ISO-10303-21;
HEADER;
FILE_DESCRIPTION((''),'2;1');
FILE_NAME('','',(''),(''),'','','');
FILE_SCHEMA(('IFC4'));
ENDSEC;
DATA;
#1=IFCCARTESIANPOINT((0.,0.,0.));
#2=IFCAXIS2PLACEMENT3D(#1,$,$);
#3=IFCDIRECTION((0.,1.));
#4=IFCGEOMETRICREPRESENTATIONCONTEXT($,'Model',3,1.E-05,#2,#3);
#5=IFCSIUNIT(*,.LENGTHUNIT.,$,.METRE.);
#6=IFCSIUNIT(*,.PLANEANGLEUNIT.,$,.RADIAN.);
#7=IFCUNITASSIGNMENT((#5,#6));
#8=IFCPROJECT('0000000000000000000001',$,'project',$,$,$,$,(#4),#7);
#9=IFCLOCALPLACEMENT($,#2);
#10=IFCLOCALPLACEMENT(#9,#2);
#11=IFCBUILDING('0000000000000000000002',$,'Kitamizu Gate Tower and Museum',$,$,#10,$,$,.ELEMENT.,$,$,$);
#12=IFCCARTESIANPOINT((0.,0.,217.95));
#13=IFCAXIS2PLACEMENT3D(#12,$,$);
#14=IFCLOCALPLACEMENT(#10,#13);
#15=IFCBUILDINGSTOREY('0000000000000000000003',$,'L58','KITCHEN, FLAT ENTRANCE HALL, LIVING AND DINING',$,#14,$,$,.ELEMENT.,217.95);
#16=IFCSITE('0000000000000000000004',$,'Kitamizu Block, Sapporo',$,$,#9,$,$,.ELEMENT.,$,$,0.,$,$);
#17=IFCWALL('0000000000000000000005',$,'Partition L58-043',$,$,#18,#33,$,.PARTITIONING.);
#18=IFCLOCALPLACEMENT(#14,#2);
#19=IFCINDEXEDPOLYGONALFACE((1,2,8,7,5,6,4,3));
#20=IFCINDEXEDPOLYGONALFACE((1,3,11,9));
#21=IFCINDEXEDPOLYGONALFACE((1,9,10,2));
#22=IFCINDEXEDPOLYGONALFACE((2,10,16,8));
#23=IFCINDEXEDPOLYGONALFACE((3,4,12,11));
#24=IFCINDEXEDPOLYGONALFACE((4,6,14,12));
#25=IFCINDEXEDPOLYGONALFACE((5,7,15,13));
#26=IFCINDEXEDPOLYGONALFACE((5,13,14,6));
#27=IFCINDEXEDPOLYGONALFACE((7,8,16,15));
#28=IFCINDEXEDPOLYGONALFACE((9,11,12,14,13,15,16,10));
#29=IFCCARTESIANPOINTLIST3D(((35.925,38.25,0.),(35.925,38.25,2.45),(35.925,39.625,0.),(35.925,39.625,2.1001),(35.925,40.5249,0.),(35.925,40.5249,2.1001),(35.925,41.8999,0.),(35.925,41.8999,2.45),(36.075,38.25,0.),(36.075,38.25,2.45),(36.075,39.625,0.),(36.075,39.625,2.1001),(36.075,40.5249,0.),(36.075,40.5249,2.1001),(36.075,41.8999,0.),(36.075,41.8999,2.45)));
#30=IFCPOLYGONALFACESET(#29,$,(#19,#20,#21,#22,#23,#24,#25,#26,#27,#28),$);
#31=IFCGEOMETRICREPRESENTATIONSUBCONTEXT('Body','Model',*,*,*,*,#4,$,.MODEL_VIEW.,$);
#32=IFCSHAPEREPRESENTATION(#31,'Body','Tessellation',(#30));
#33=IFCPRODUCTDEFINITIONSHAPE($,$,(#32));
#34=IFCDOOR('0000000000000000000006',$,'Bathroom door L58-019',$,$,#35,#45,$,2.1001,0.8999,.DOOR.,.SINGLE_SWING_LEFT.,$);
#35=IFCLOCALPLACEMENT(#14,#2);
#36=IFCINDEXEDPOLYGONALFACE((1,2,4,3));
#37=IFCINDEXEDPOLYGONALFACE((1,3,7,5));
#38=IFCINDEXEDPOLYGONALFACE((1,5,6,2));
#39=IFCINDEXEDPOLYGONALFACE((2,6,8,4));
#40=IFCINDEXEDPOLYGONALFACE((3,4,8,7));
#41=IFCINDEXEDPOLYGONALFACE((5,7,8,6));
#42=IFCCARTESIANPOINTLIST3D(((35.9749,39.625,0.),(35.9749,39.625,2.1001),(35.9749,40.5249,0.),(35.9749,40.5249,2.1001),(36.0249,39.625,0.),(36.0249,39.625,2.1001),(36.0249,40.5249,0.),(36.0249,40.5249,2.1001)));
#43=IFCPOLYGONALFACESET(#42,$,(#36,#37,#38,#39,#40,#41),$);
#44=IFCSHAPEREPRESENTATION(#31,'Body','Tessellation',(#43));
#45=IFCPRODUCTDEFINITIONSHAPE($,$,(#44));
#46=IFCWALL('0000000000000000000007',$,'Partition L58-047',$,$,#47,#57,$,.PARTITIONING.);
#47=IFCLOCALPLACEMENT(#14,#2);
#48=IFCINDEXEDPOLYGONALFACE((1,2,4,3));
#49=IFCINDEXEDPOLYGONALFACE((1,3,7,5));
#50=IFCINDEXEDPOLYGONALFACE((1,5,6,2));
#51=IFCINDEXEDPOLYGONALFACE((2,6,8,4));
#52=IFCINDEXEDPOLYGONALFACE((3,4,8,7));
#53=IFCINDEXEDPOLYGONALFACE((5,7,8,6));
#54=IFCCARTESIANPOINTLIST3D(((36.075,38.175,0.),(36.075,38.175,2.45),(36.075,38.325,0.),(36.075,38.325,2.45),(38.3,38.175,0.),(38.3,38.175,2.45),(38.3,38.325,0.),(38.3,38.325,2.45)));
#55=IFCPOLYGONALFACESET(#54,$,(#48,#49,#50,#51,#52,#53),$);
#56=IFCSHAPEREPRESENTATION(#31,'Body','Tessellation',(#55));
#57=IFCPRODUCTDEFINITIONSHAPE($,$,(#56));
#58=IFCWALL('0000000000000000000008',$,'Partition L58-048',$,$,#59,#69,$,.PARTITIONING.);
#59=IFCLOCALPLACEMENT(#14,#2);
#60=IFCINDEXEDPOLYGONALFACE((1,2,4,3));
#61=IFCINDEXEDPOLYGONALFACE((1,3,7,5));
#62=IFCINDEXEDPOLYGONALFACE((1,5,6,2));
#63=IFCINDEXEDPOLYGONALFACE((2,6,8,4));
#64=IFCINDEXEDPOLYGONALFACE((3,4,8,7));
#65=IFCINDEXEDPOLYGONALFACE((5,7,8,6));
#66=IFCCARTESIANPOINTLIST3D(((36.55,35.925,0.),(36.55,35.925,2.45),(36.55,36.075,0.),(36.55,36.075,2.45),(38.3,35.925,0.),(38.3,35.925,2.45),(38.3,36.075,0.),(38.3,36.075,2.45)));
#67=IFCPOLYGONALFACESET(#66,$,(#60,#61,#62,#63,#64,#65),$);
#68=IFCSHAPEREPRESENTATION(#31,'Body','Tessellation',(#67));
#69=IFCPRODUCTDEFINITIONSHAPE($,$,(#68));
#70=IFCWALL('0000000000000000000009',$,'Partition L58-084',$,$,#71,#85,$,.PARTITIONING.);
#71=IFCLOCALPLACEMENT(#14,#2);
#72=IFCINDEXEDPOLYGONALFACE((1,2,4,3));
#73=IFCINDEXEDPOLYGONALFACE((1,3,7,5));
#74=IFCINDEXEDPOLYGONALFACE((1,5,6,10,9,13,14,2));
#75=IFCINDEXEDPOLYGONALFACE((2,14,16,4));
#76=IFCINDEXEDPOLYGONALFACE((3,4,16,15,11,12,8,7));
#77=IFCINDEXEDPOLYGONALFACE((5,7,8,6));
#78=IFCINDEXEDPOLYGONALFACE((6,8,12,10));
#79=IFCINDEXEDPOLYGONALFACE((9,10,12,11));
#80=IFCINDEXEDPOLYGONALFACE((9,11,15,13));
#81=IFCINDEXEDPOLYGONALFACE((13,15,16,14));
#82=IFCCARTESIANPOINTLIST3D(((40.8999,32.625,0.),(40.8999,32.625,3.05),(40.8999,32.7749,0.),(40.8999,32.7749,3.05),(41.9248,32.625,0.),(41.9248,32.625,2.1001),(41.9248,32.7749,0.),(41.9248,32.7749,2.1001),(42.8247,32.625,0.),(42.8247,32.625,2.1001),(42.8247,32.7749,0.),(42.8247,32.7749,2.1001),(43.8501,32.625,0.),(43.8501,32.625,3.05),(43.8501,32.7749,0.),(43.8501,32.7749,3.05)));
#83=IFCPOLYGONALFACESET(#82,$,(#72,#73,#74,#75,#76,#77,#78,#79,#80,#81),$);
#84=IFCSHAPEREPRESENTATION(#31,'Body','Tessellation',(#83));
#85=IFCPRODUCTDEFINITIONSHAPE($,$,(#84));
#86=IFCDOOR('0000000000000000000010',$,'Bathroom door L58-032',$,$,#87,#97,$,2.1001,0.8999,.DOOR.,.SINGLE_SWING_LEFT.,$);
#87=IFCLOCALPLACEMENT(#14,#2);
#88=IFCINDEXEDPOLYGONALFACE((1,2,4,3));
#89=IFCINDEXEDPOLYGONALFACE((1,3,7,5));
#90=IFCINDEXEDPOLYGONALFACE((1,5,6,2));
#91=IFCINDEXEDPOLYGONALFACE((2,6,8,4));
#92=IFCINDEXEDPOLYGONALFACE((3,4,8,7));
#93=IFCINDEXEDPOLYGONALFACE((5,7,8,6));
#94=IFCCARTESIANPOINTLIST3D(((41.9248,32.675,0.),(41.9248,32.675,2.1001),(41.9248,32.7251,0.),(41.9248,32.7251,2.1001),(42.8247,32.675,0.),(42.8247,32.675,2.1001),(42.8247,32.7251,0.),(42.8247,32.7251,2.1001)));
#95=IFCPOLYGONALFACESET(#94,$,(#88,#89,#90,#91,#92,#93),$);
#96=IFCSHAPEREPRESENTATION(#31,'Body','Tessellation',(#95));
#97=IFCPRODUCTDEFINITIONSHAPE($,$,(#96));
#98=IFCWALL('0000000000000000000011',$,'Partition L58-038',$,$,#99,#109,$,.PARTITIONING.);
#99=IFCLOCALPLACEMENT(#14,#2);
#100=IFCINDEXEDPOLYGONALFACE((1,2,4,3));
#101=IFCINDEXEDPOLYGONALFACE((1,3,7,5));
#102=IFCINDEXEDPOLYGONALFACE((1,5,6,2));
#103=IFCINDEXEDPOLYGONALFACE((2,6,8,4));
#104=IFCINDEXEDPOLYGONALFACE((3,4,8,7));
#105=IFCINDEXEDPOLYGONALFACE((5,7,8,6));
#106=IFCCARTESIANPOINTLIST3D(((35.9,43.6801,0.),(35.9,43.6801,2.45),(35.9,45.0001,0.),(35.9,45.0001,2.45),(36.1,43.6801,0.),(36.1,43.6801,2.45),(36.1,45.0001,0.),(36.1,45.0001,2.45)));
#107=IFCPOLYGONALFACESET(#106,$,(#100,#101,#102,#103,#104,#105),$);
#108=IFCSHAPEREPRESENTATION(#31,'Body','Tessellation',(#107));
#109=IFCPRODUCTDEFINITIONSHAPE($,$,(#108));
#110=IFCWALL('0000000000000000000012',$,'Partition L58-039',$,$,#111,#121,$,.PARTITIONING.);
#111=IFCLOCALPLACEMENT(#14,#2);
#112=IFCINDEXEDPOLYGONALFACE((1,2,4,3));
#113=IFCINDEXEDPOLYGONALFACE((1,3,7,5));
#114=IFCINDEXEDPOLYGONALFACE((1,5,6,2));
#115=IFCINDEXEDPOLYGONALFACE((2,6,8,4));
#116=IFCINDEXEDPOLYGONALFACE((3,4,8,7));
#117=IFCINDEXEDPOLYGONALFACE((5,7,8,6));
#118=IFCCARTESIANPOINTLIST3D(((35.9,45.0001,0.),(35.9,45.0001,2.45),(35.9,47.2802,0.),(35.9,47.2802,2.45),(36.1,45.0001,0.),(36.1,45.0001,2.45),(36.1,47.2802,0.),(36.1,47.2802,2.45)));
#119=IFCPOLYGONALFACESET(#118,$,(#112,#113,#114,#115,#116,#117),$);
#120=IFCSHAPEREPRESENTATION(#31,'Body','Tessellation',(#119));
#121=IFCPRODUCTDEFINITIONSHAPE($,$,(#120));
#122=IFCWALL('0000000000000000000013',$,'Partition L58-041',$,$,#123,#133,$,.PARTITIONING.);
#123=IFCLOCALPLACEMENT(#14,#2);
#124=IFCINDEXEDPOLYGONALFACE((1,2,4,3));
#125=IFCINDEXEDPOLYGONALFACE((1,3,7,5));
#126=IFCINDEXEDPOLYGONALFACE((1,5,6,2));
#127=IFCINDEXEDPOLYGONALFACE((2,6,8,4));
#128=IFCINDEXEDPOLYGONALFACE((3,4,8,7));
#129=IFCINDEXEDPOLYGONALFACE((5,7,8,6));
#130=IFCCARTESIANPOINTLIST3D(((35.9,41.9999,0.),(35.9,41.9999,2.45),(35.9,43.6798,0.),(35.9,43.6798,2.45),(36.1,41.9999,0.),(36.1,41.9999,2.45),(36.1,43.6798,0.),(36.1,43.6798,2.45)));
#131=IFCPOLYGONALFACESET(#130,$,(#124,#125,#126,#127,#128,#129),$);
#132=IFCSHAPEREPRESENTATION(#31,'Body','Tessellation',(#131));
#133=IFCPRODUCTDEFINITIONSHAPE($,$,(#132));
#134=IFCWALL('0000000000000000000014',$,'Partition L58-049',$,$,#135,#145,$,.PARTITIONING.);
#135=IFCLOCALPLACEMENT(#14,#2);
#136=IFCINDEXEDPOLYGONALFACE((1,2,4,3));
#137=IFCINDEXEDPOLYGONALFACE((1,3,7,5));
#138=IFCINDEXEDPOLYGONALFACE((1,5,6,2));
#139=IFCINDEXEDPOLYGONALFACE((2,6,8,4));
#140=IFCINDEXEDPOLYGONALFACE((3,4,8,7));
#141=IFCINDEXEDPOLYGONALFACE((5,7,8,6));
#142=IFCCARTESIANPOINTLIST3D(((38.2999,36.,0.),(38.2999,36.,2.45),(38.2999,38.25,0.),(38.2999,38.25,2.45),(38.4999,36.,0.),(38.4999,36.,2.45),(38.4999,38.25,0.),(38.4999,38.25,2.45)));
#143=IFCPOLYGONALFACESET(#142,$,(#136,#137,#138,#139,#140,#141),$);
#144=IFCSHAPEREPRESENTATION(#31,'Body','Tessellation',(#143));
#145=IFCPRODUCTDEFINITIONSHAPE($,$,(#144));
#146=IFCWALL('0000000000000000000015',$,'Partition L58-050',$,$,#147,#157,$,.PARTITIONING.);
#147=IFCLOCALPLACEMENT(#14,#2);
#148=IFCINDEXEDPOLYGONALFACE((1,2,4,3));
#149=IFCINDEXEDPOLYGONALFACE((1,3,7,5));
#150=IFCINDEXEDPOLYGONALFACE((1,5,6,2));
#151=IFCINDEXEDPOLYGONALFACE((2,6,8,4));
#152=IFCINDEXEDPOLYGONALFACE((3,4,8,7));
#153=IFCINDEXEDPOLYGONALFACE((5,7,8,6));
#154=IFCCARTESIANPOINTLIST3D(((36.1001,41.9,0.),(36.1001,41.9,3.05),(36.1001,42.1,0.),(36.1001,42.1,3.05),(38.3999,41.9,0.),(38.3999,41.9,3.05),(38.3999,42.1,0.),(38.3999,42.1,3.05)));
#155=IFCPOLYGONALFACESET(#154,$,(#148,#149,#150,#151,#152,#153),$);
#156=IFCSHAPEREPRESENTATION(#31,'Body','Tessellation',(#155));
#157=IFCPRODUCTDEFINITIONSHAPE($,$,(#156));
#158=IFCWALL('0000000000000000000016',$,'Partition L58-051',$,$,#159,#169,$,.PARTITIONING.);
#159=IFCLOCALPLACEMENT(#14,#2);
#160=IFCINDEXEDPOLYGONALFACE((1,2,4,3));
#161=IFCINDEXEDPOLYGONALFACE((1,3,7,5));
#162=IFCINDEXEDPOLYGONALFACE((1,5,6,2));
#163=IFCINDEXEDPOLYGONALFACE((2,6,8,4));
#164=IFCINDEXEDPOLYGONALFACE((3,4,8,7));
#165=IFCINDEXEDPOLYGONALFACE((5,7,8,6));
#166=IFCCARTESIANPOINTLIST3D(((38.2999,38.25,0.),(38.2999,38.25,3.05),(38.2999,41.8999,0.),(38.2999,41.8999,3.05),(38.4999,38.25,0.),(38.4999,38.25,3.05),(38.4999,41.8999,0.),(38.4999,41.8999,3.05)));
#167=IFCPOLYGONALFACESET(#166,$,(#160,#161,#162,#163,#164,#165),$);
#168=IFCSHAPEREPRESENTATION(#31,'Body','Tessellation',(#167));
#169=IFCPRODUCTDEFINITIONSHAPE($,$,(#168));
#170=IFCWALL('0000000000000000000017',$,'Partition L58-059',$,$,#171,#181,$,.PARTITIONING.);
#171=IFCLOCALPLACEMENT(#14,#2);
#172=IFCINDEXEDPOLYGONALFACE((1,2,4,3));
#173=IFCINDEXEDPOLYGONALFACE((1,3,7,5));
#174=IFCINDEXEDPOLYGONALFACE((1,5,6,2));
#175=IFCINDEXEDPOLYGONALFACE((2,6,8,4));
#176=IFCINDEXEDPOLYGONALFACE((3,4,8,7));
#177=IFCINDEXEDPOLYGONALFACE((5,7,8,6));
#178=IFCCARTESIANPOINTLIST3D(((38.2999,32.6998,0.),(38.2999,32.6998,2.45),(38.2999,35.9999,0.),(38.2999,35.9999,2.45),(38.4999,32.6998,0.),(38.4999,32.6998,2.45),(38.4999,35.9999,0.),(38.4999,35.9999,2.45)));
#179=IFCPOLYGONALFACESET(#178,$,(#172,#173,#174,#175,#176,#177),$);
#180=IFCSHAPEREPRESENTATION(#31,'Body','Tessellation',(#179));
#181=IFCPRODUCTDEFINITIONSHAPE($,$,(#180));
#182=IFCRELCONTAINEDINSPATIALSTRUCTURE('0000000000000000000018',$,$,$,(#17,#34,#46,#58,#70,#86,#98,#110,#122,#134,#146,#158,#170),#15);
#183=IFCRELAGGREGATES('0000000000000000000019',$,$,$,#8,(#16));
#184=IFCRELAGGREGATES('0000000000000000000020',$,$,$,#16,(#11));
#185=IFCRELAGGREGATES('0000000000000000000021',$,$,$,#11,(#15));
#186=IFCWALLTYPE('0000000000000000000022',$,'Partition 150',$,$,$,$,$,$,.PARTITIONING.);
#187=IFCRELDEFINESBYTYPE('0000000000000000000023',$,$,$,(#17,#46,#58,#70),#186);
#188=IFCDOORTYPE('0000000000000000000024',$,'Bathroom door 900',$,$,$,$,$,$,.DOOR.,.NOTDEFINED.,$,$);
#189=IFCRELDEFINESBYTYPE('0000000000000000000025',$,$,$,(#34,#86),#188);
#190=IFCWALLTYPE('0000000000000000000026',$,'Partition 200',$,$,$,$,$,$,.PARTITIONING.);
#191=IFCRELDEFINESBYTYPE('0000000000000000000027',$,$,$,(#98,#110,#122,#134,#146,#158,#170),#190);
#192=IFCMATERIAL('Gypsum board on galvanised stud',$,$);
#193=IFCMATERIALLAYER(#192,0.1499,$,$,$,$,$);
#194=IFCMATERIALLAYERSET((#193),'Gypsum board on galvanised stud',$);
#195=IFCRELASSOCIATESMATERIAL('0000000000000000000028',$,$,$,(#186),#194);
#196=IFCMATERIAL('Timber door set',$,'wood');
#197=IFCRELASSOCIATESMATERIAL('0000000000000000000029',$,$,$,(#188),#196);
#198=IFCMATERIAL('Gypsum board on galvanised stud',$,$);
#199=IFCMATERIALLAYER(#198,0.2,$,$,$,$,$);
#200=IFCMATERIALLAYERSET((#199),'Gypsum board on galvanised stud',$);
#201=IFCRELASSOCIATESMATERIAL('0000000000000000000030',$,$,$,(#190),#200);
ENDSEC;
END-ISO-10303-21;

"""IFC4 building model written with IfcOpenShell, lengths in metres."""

from ifc_helpers import new_model, si_unit, direction, frame, frame_2d, origin, place, context, subcontext, project, spatial, rectangle, extrude, material, layer, layer_set, type_object, element, fill, save


model = new_model("IFC4")

# Units and contexts
model_context = context("Model", 3, precision=1e-05, world=origin(), true_north=direction((0.0, 1.0)))
body_context = subcontext(model_context, "Body", "Model", "MODEL_VIEW")
ifc_project = project(units=[si_unit("LENGTHUNIT", "METRE"), si_unit("PLANEANGLEUNIT", "RADIAN")], contexts=[model_context])

# Site, building, storey
site_placement = place(None, origin())
site = spatial("IfcSite", under=ifc_project, at=site_placement, Name="Kitamizu Block, Sapporo", CompositionType="ELEMENT", RefElevation=0.0)
building_placement = place(site_placement, origin())
building = spatial("IfcBuilding", under=site, at=building_placement, Name="Kitamizu Gate Tower and Museum", CompositionType="ELEMENT")
storey_placement = place(building_placement, frame((0.0, 0.0, 217.95)))
storey = spatial("IfcBuildingStorey", under=building, at=storey_placement, Name="L58", Description="KITCHEN, FLAT ENTRANCE HALL, LIVING AND DINING", CompositionType="ELEMENT", Elevation=217.95)

# Wall, opening, door
ifc_material_1 = material(Name="Gypsum board on galvanised stud")
ifc_layer_1 = layer(ifc_material_1, 0.1499)
ifc_layer_set_1 = layer_set([ifc_layer_1], Name="Gypsum board on galvanised stud")
wall_type_1 = type_object("IfcWallType", Name="Partition 150", PredefinedType="PARTITIONING", material=ifc_layer_set_1)
ifc_material_2 = material(Name="Timber door set", Category="wood")
door_type_1 = type_object("IfcDoorType", Name="Bathroom door 900", OperationType="NOTDEFINED", PredefinedType="DOOR", material=ifc_material_2)
wall_1_placement = place(storey_placement, frame((36.0, 38.25, 0.0), z_axis=(0.0, 0.0, 1.0), x_axis=(0.0, 1.0, 0.0)))
wall_1 = element("IfcWall", 1, at=wall_1_placement, inside=storey, type_object=wall_type_1, Name="Partition L58-043", PredefinedType="PARTITIONING", context=body_context, shape_type="SweptSolid", body=[
    extrude(rectangle(XDim=3.6499, YDim=0.1499, at=frame_2d((1.825, 0.0))), origin(), (0.0, 0.0, 1.0), 2.45),
])
opening_1_placement = place(wall_1_placement, frame((1.375, 0.0, 0.0)))
opening_1 = element("IfcOpeningElement", 2, at=opening_1_placement, cuts=wall_1, PredefinedType="OPENING", context=body_context, shape_type="SweptSolid", body=[
    extrude(rectangle(XDim=0.8999, YDim=2.1001, at=frame_2d((0.45, 1.05))), frame((0.0, 0.085, 0.0), z_axis=(0.0, -1.0, 0.0), x_axis=(1.0, 0.0, 0.0)), (0.0, 0.0, 1.0), 0.1699),
])
door_1_placement = place(opening_1_placement, frame((0.8999, 0.0, 0.0), x_axis=(-1.0, 0.0, 0.0)))
door_1 = element("IfcDoor", 3, at=door_1_placement, inside=storey, type_object=door_type_1, Name="Bathroom door L58-019", OperationType="SINGLE_SWING_LEFT", OverallHeight=2.1001, OverallWidth=0.8999, PredefinedType="DOOR", context=body_context, shape_type="SweptSolid", body=[
    extrude(rectangle(XDim=0.8999, YDim=2.1001, at=frame_2d((0.45, 1.05))), frame((0.0, 0.0249, 0.0), z_axis=(0.0, -1.0, 0.0), x_axis=(1.0, 0.0, 0.0)), (0.0, 0.0, 1.0), 0.05),
])
fill(opening_1, door_1)

# Walls
wall_2_placement = place(storey_placement, frame((38.3, 38.25, 0.0), z_axis=(0.0, 0.0, 1.0), x_axis=(-1.0, 0.0, 0.0)))
element("IfcWall", 4, at=wall_2_placement, inside=storey, type_object=wall_type_1, Name="Partition L58-047", PredefinedType="PARTITIONING", context=body_context, shape_type="SweptSolid", body=[
    extrude(rectangle(XDim=2.2251, YDim=0.1499, at=frame_2d((1.1125, 0.0))), origin(), (0.0, 0.0, 1.0), 2.45),
])
wall_3_placement = place(storey_placement, frame((36.55, 36.0, 0.0), z_axis=(0.0, 0.0, 1.0), x_axis=(1.0, 0.0, 0.0)))
element("IfcWall", 5, at=wall_3_placement, inside=storey, type_object=wall_type_1, Name="Partition L58-048", PredefinedType="PARTITIONING", context=body_context, shape_type="SweptSolid", body=[
    extrude(rectangle(XDim=1.75, YDim=0.1499, at=frame_2d((0.875, 0.0))), origin(), (0.0, 0.0, 1.0), 2.45),
])

# Wall, opening, door
wall_4_placement = place(storey_placement, frame((40.8999, 32.7, 0.0), z_axis=(0.0, 0.0, 1.0), x_axis=(1.0, 0.0, 0.0)))
wall_4 = element("IfcWall", 6, at=wall_4_placement, inside=storey, type_object=wall_type_1, Name="Partition L58-084", PredefinedType="PARTITIONING", context=body_context, shape_type="SweptSolid", body=[
    extrude(rectangle(XDim=2.9502, YDim=0.1499, at=frame_2d((1.4751, 0.0))), origin(), (0.0, 0.0, 1.0), 3.05),
])
opening_2_placement = place(wall_4_placement, frame((1.0249, 0.0, 0.0)))
opening_2 = element("IfcOpeningElement", 7, at=opening_2_placement, cuts=wall_4, PredefinedType="OPENING", context=body_context, shape_type="SweptSolid", body=[
    extrude(rectangle(XDim=0.8999, YDim=2.1001, at=frame_2d((0.45, 1.05))), frame((0.0, 0.085, 0.0), z_axis=(0.0, -1.0, 0.0), x_axis=(1.0, 0.0, 0.0)), (0.0, 0.0, 1.0), 0.1699),
])
door_2_placement = place(opening_2_placement, frame((0.8999, 0.0, 0.0), x_axis=(-1.0, 0.0, 0.0)))
door_2 = element("IfcDoor", 8, at=door_2_placement, inside=storey, type_object=door_type_1, Name="Bathroom door L58-032", OperationType="SINGLE_SWING_LEFT", OverallHeight=2.1001, OverallWidth=0.8999, PredefinedType="DOOR", context=body_context, shape_type="SweptSolid", body=[
    extrude(rectangle(XDim=0.8999, YDim=2.1001, at=frame_2d((0.45, 1.05))), frame((0.0, 0.0249, 0.0), z_axis=(0.0, -1.0, 0.0), x_axis=(1.0, 0.0, 0.0)), (0.0, 0.0, 1.0), 0.05),
])
fill(opening_2, door_2)

# Walls
ifc_material_3 = material(Name="Gypsum board on galvanised stud")
ifc_layer_2 = layer(ifc_material_3, 0.2)
ifc_layer_set_2 = layer_set([ifc_layer_2], Name="Gypsum board on galvanised stud")
wall_type_2 = type_object("IfcWallType", Name="Partition 200", PredefinedType="PARTITIONING", material=ifc_layer_set_2)
wall_5_placement = place(storey_placement, frame((36.0, 43.6799, 0.0), z_axis=(0.0, 0.0, 1.0), x_axis=(0.0, 1.0, 0.0)))
element("IfcWall", 9, at=wall_5_placement, inside=storey, type_object=wall_type_2, Name="Partition L58-038", PredefinedType="PARTITIONING", context=body_context, shape_type="SweptSolid", body=[
    extrude(rectangle(XDim=1.3201, YDim=0.2, at=frame_2d((0.6602, 0.0))), origin(), (0.0, 0.0, 1.0), 2.45),
])
wall_6_placement = place(storey_placement, frame((36.0, 45.0, 0.0), z_axis=(0.0, 0.0, 1.0), x_axis=(0.0, 1.0, 0.0)))
element("IfcWall", 10, at=wall_6_placement, inside=storey, type_object=wall_type_2, Name="Partition L58-039", PredefinedType="PARTITIONING", context=body_context, shape_type="SweptSolid", body=[
    extrude(rectangle(XDim=2.28, YDim=0.2, at=frame_2d((1.1401, 0.0))), origin(), (0.0, 0.0, 1.0), 2.45),
])
wall_7_placement = place(storey_placement, frame((36.0, 42.0, 0.0), z_axis=(0.0, 0.0, 1.0), x_axis=(0.0, 1.0, 0.0)))
element("IfcWall", 11, at=wall_7_placement, inside=storey, type_object=wall_type_2, Name="Partition L58-041", PredefinedType="PARTITIONING", context=body_context, shape_type="SweptSolid", body=[
    extrude(rectangle(XDim=1.6799, YDim=0.2, at=frame_2d((0.8398, 0.0))), origin(), (0.0, 0.0, 1.0), 2.45),
])
wall_8_placement = place(storey_placement, frame((38.3999, 36.0, 0.0), z_axis=(0.0, 0.0, 1.0), x_axis=(0.0, 1.0, 0.0)))
element("IfcWall", 12, at=wall_8_placement, inside=storey, type_object=wall_type_2, Name="Partition L58-049", PredefinedType="PARTITIONING", context=body_context, shape_type="SweptSolid", body=[
    extrude(rectangle(XDim=2.25, YDim=0.2, at=frame_2d((1.125, 0.0))), origin(), (0.0, 0.0, 1.0), 2.45),
])
wall_9_placement = place(storey_placement, frame((38.3999, 42.0, 0.0), z_axis=(0.0, 0.0, 1.0), x_axis=(-1.0, 0.0, 0.0)))
element("IfcWall", 13, at=wall_9_placement, inside=storey, type_object=wall_type_2, Name="Partition L58-050", PredefinedType="PARTITIONING", context=body_context, shape_type="SweptSolid", body=[
    extrude(rectangle(XDim=2.2998, YDim=0.2, at=frame_2d((1.1499, 0.0))), origin(), (0.0, 0.0, 1.0), 3.05),
])
wall_10_placement = place(storey_placement, frame((38.3999, 38.25, 0.0), z_axis=(0.0, 0.0, 1.0), x_axis=(0.0, 1.0, 0.0)))
element("IfcWall", 14, at=wall_10_placement, inside=storey, type_object=wall_type_2, Name="Partition L58-051", PredefinedType="PARTITIONING", context=body_context, shape_type="SweptSolid", body=[
    extrude(rectangle(XDim=3.6499, YDim=0.2, at=frame_2d((1.825, 0.0))), origin(), (0.0, 0.0, 1.0), 3.05),
])
wall_11_placement = place(storey_placement, frame((38.3999, 32.7, 0.0), z_axis=(0.0, 0.0, 1.0), x_axis=(0.0, 1.0, 0.0)))
element("IfcWall", 15, at=wall_11_placement, inside=storey, type_object=wall_type_2, Name="Partition L58-059", PredefinedType="PARTITIONING", context=body_context, shape_type="SweptSolid", body=[
    extrude(rectangle(XDim=3.3, YDim=0.2, at=frame_2d((1.6499, 0.0))), origin(), (0.0, 0.0, 1.0), 2.45),
])

save(model, "model.ifc")
